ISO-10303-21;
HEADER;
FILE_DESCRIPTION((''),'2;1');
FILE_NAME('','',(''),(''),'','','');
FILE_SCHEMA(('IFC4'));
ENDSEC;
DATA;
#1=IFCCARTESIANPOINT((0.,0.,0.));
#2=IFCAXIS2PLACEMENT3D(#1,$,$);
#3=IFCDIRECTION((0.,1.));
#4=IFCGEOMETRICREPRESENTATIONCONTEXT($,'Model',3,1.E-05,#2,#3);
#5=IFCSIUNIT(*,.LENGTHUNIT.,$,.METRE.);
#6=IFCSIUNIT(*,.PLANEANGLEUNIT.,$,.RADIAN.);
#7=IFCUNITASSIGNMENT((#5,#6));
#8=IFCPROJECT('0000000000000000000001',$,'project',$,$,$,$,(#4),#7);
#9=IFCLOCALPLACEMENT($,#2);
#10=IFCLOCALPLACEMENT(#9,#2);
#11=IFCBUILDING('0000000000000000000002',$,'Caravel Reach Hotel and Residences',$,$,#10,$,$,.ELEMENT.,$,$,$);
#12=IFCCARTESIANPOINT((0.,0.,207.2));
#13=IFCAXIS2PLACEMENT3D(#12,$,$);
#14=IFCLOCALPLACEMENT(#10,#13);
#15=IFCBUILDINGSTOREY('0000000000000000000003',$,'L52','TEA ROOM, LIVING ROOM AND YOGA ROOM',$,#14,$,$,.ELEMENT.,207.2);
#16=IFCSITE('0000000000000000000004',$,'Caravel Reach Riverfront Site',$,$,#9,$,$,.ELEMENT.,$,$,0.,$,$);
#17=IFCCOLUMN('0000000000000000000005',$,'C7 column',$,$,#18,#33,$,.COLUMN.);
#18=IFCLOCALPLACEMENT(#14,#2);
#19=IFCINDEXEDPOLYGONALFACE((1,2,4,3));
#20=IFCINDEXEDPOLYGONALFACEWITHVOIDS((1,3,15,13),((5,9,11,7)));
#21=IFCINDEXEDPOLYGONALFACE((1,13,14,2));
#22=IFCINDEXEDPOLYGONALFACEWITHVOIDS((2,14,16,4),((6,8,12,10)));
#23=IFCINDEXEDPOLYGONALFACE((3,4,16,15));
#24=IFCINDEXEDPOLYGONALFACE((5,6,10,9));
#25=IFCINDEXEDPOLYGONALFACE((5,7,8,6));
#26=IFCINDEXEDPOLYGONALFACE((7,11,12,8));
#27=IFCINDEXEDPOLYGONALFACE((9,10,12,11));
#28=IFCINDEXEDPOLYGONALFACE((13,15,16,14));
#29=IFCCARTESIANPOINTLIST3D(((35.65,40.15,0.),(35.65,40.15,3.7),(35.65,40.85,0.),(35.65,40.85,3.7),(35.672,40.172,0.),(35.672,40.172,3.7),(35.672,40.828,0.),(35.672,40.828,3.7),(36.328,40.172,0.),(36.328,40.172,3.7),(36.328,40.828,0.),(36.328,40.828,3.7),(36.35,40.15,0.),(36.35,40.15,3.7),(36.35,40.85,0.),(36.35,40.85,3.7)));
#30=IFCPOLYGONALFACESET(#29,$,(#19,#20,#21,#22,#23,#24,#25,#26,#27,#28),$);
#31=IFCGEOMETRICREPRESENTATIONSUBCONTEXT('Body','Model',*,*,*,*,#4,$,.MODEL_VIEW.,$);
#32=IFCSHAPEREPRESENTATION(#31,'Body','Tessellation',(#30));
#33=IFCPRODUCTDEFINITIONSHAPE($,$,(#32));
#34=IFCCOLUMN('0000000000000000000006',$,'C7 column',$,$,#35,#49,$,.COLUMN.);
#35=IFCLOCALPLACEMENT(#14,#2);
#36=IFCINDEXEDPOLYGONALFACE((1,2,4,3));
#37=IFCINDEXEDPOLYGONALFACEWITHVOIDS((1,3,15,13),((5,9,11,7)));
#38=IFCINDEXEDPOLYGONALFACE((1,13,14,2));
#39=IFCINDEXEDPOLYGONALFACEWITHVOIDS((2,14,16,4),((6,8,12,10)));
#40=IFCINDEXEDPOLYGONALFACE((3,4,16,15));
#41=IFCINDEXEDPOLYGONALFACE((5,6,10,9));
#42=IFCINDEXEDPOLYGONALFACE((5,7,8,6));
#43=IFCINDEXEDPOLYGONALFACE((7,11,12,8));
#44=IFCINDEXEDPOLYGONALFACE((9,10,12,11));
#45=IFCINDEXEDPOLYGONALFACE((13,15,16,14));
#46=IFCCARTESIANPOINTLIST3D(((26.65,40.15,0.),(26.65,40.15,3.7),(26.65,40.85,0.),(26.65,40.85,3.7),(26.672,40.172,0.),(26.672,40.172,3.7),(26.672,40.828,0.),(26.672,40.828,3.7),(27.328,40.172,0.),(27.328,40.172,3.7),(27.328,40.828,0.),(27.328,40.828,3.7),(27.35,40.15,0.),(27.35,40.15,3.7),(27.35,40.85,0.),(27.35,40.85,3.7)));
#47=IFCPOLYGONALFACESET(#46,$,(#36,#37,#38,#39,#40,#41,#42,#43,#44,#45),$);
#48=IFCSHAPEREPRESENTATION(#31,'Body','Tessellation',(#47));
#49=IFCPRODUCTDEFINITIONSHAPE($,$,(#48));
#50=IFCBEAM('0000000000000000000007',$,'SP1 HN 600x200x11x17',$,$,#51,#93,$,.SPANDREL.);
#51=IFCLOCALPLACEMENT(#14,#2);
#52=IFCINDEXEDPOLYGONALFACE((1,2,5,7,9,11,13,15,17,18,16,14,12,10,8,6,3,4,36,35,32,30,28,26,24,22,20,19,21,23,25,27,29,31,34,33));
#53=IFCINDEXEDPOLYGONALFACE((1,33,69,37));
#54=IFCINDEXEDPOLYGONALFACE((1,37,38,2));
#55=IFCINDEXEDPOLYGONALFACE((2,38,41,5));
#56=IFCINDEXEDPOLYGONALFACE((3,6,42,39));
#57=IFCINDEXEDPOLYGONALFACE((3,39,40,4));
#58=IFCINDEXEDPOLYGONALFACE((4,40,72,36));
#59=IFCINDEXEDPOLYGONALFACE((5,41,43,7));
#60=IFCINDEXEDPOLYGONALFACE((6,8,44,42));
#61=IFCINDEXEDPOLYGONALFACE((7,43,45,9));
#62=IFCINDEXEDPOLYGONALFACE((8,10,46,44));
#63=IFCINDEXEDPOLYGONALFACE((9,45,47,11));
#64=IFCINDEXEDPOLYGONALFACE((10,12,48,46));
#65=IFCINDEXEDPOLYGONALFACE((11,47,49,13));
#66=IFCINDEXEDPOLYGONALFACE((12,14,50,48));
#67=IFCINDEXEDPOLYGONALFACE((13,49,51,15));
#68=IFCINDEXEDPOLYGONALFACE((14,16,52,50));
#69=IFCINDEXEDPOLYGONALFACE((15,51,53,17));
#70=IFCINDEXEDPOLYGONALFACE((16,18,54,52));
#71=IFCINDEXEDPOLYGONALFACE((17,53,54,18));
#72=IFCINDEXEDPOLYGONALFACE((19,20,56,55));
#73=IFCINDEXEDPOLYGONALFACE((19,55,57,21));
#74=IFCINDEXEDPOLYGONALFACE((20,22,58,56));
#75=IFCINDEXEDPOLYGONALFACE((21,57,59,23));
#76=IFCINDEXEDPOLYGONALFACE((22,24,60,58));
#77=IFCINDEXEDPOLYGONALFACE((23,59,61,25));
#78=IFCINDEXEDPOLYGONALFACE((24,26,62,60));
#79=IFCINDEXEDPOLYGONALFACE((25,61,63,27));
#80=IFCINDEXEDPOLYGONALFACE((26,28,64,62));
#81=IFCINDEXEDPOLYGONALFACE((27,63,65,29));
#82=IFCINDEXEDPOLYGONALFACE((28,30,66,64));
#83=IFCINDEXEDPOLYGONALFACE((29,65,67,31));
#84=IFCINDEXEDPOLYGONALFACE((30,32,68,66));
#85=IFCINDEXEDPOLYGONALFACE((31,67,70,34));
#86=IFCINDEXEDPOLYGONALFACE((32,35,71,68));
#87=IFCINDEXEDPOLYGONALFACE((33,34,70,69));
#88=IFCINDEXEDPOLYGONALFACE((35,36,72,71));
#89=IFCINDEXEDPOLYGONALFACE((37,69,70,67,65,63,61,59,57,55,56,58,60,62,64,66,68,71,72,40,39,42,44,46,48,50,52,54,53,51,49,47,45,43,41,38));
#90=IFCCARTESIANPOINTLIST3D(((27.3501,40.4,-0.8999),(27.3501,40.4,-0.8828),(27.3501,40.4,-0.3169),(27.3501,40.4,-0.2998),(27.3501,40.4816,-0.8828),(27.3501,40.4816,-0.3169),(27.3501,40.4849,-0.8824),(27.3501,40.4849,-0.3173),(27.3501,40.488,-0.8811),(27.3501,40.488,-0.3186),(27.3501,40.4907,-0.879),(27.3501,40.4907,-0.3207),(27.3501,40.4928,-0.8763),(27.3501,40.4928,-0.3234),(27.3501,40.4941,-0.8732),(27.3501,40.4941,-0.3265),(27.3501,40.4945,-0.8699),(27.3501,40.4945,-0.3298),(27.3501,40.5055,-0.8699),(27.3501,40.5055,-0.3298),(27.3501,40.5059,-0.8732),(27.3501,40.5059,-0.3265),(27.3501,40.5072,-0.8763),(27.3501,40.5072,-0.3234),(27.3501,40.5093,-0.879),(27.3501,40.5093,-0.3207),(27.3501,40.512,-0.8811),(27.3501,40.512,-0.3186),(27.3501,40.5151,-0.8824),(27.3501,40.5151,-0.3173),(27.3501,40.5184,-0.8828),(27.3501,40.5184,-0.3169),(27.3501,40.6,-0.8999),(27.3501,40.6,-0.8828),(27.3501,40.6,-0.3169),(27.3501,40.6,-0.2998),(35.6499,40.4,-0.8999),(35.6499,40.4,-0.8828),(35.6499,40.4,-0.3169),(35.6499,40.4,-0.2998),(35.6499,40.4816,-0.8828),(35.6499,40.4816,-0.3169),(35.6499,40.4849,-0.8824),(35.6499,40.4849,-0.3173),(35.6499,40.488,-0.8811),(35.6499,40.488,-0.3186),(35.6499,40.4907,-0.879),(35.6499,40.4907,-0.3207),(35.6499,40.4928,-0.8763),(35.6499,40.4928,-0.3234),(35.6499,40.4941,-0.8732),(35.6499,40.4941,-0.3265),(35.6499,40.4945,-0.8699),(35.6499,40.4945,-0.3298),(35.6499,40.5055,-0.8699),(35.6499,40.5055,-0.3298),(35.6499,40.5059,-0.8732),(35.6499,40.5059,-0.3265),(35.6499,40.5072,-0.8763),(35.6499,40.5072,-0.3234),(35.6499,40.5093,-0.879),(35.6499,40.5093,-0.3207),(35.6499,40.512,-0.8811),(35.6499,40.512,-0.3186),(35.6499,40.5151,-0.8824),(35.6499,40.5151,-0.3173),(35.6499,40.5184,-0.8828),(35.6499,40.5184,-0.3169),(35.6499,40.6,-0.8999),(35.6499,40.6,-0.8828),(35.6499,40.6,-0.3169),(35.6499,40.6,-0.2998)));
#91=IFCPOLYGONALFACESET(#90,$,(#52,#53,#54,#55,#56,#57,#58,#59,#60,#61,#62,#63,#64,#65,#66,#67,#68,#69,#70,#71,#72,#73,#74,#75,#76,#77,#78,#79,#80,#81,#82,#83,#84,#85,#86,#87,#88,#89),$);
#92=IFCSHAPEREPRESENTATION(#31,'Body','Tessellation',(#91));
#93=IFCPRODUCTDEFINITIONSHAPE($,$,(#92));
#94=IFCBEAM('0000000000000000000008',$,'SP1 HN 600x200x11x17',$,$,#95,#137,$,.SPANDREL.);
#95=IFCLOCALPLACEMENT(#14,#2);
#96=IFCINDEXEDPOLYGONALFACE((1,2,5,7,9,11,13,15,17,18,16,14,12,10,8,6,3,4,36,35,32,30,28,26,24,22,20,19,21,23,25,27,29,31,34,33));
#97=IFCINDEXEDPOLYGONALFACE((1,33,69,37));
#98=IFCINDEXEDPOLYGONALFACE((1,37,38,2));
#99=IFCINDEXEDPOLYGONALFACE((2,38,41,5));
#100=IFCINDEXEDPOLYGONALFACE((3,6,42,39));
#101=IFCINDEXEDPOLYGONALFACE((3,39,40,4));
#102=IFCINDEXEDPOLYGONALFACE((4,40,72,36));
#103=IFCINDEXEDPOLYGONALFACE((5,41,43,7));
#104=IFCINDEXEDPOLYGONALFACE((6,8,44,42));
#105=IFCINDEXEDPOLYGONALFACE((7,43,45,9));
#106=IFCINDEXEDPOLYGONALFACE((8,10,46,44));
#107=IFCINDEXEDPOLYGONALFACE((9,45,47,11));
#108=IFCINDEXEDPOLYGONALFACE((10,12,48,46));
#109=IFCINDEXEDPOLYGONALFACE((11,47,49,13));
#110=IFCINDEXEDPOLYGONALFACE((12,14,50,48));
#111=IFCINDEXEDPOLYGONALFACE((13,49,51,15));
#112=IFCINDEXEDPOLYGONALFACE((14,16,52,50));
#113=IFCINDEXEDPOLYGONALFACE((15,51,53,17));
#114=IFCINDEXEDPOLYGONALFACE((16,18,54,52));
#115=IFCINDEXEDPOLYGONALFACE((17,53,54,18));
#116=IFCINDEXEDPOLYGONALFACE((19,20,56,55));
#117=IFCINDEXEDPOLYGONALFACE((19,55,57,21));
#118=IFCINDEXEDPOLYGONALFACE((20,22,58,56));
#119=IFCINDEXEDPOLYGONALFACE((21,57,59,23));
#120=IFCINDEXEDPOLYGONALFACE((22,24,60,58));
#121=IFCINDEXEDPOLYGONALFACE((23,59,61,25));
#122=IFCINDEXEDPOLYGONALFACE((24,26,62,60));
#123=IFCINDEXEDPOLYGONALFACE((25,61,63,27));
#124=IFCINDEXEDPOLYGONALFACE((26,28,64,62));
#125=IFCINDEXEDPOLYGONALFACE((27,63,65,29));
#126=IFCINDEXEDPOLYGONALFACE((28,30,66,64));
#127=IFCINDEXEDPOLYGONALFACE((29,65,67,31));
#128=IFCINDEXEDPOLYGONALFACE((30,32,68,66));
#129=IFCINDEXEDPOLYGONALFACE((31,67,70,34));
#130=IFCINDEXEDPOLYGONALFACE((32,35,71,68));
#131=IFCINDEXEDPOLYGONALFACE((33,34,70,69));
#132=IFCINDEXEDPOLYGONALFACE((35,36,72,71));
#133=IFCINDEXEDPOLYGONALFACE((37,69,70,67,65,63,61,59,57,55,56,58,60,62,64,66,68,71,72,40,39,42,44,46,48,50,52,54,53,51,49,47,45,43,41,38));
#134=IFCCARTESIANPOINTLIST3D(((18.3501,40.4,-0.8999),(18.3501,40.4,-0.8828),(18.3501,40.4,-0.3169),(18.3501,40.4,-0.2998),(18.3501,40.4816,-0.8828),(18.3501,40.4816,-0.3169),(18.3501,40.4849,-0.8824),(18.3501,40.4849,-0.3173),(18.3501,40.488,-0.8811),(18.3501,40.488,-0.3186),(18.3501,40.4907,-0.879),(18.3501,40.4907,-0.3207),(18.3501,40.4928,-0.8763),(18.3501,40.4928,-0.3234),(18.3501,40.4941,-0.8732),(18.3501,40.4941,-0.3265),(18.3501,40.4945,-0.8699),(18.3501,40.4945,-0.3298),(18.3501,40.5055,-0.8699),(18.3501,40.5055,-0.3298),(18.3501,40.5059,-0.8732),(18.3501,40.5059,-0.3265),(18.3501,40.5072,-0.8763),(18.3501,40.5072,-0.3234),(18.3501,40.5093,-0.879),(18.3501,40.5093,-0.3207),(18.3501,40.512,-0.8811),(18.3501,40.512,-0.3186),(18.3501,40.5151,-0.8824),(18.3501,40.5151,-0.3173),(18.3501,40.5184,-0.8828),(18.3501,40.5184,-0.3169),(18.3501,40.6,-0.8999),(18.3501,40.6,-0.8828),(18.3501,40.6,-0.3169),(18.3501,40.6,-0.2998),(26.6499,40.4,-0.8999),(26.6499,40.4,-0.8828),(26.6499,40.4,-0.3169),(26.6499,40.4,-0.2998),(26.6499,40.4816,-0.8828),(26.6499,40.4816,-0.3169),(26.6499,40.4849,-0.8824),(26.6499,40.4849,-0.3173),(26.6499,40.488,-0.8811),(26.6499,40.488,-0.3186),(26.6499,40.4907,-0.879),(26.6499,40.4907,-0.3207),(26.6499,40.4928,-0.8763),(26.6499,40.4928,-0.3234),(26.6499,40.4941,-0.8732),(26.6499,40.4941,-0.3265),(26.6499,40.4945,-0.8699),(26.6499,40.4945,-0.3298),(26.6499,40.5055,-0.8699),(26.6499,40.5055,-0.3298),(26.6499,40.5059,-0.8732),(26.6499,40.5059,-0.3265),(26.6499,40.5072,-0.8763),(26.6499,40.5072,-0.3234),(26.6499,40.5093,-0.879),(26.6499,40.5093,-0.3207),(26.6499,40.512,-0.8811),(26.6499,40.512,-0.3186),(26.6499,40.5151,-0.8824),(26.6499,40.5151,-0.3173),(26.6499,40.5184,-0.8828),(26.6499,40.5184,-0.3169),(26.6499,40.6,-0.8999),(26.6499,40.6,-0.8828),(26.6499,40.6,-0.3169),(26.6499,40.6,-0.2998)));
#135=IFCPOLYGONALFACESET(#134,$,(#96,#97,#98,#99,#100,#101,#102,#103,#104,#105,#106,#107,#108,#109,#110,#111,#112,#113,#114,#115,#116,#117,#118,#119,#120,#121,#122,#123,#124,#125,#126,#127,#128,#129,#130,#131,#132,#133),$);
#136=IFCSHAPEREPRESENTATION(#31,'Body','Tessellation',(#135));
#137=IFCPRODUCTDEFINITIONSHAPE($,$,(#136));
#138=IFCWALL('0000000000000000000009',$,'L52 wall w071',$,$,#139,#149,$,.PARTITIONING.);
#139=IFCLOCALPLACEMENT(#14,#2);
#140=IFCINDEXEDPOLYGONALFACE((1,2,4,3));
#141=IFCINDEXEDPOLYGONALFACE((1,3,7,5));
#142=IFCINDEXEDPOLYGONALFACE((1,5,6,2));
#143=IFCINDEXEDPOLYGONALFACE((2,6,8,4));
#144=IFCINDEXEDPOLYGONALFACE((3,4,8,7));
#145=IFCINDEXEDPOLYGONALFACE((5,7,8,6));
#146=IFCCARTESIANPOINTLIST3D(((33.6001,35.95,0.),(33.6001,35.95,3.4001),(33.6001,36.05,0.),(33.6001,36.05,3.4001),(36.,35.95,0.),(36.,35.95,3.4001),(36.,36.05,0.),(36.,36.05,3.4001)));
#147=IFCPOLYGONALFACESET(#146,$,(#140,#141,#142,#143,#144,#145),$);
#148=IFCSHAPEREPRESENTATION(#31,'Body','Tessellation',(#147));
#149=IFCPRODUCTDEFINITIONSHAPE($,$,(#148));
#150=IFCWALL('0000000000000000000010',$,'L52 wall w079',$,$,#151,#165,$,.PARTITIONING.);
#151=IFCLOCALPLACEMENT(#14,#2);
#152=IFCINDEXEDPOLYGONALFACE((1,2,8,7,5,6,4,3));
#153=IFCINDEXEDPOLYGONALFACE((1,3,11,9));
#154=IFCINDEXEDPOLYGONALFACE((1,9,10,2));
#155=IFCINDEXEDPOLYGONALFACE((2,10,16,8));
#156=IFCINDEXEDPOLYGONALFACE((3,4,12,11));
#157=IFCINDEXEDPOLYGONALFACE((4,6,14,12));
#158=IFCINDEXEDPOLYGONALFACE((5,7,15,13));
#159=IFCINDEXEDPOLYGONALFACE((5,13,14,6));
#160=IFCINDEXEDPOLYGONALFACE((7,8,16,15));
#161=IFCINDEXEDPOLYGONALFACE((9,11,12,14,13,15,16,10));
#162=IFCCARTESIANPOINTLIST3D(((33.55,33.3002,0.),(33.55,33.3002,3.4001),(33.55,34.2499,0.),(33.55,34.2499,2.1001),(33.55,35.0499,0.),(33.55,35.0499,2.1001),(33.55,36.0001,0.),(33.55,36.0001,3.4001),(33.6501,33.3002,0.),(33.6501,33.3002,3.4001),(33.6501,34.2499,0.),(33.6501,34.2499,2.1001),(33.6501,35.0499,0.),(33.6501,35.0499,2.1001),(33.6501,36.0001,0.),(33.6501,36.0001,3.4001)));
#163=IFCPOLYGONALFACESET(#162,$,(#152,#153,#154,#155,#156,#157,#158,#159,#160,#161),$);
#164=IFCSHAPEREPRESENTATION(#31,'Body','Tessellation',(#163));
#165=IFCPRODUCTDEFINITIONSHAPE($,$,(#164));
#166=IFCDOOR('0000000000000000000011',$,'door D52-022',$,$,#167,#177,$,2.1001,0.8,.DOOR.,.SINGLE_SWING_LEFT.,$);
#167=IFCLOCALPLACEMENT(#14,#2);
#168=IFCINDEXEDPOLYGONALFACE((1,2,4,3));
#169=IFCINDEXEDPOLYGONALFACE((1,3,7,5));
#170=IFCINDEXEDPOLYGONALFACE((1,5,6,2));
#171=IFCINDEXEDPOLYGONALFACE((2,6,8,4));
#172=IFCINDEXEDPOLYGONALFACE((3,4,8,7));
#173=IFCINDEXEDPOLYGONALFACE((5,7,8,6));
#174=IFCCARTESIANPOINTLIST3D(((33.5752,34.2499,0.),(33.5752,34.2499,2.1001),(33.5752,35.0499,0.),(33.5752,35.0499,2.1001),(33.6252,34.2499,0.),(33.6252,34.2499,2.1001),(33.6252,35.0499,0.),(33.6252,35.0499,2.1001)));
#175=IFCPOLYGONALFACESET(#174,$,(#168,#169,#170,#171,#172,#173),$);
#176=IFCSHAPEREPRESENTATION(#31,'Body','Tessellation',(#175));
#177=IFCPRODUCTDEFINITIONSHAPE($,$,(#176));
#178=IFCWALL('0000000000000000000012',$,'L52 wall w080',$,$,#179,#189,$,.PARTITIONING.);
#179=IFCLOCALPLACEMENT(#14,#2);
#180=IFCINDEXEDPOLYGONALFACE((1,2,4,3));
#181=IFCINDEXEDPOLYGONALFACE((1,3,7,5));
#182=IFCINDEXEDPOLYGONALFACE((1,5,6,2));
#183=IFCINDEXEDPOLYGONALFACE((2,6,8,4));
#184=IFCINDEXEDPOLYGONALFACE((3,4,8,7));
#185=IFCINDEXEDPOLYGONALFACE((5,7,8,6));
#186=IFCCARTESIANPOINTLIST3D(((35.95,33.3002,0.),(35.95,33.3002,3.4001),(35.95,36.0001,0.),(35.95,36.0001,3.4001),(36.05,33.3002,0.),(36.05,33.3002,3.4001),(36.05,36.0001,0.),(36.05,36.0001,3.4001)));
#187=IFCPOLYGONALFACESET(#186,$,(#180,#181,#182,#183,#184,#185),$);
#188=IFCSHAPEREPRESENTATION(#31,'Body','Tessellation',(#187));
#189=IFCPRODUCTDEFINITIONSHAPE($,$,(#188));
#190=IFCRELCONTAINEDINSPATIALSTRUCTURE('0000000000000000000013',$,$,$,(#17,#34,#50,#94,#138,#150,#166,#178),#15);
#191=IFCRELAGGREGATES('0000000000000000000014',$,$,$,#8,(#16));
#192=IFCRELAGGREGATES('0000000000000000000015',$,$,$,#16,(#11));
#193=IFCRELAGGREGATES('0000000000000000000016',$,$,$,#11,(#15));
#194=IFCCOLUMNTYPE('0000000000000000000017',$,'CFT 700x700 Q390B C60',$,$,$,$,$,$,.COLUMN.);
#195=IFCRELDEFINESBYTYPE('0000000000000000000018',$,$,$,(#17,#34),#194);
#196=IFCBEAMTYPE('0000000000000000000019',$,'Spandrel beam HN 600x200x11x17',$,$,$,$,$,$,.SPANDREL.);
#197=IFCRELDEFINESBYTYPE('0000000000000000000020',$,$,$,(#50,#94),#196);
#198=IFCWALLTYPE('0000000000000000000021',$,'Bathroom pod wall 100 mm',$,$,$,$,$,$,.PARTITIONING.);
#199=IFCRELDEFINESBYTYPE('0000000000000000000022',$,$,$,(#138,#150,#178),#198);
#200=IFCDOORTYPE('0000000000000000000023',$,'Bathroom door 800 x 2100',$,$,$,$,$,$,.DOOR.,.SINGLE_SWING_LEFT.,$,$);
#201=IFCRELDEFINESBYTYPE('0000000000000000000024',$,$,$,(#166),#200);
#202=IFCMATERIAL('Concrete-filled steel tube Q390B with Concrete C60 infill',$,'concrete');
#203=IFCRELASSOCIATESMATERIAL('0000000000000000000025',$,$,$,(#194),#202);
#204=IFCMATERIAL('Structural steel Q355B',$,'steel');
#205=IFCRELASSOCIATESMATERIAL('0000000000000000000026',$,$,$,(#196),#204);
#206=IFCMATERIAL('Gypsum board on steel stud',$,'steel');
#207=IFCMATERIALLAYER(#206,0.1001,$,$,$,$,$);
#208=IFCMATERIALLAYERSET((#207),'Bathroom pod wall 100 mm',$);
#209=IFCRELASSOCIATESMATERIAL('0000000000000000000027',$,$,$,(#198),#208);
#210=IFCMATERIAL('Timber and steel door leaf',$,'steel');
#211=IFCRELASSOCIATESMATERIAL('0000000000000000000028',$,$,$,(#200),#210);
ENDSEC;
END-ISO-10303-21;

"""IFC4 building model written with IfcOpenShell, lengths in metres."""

from ifc_helpers import new_model, si_unit, direction, frame, frame_2d, origin, origin_2d, place, context, subcontext, project, spatial, rectangle, hollow_rectangle, i_section, extrude, material, layer, layer_set, material_profile, profile_set, type_object, element, fill, save


model = new_model("IFC4")

# Units and contexts
model_context = context("Model", 3, precision=1e-05, world=origin(), true_north=direction((0.0, 1.0)))
body_context = subcontext(model_context, "Body", "Model", "MODEL_VIEW")
ifc_project = project(units=[si_unit("LENGTHUNIT", "METRE"), si_unit("PLANEANGLEUNIT", "RADIAN")], contexts=[model_context])

# Site, building, storey
site_placement = place(None, origin())
site = spatial("IfcSite", under=ifc_project, at=site_placement, Name="Caravel Reach Riverfront Site", CompositionType="ELEMENT", RefElevation=0.0)
building_placement = place(site_placement, origin())
building = spatial("IfcBuilding", under=site, at=building_placement, Name="Caravel Reach Hotel and Residences", CompositionType="ELEMENT")
storey_placement = place(building_placement, frame((0.0, 0.0, 207.2)))
storey = spatial("IfcBuildingStorey", under=building, at=storey_placement, Name="L52", Description="TEA ROOM, LIVING ROOM AND YOGA ROOM", CompositionType="ELEMENT", Elevation=207.2)

# Columns
ifc_material_1 = material(Name="Concrete-filled steel tube Q390B with Concrete C60 infill", Category="concrete")
ifc_material_profile_1 = material_profile(ifc_material_1, hollow_rectangle(XDim=0.7, YDim=0.7, WallThickness=0.022, at=origin_2d()), Name="RHS 700x700x22")
ifc_profile_set_1 = profile_set([ifc_material_profile_1], Name="Concrete-filled steel tube Q390B with Concrete C60 infill")
column_type = type_object("IfcColumnType", Name="CFT 700x700 Q390B C60", PredefinedType="COLUMN", material=ifc_profile_set_1)
for number, where, z_axis, x_axis, name in (
    (1, (36.0, 40.5, 0.0), (0.0, 0.0, 1.0), (1.0, 0.0, 0.0), "C7 column"),
    (2, (27.0, 40.5, 0.0), (0.0, 0.0, 1.0), (1.0, 0.0, 0.0), "C7 column"),
):
    element("IfcColumn", number, at=place(storey_placement, frame(where, z_axis=z_axis, x_axis=x_axis)), inside=storey, type_object=column_type, Name=name, PredefinedType="COLUMN", context=body_context, shape_type="SweptSolid", body=[
        extrude(hollow_rectangle(XDim=0.7, YDim=0.7, WallThickness=0.022, at=origin_2d()), origin(), (0.0, 0.0, 1.0), 3.7),
    ])

# Beams
ifc_material_2 = material(Name="Structural steel Q355B", Category="steel")
ifc_material_profile_2 = material_profile(ifc_material_2, i_section(OverallWidth=0.2, OverallDepth=0.6001, WebThickness=0.011, FlangeThickness=0.0171, FilletRadius=0.0129, at=origin_2d()), Name="HN 600x200x11x17")
ifc_profile_set_2 = profile_set([ifc_material_profile_2], Name="Structural steel Q355B")
beam_type = type_object("IfcBeamType", Name="Spandrel beam HN 600x200x11x17", PredefinedType="SPANDREL", material=ifc_profile_set_2)
for number, where, z_axis, x_axis, name in (
    (3, (35.6499, 40.5, -0.5999), (-1.0, 0.0, 0.0), (0.0, -1.0, 0.0), "SP1 HN 600x200x11x17"),
    (4, (26.6499, 40.5, -0.5999), (-1.0, 0.0, 0.0), (0.0, -1.0, 0.0), "SP1 HN 600x200x11x17"),
):
    element("IfcBeam", number, at=place(storey_placement, frame(where, z_axis=z_axis, x_axis=x_axis)), inside=storey, type_object=beam_type, Name=name, PredefinedType="SPANDREL", context=body_context, shape_type="SweptSolid", body=[
        extrude(i_section(OverallWidth=0.2, OverallDepth=0.6001, WebThickness=0.011, FlangeThickness=0.0171, FilletRadius=0.0129, at=origin_2d()), origin(), (0.0, 0.0, 1.0), 8.2998),
    ])

# Wall
ifc_material_3 = material(Name="Gypsum board on steel stud", Category="steel")
ifc_layer_1 = layer(ifc_material_3, 0.1001)
ifc_layer_set_1 = layer_set([ifc_layer_1], Name="Bathroom pod wall 100 mm")
wall_type_1 = type_object("IfcWallType", Name="Bathroom pod wall 100 mm", PredefinedType="PARTITIONING", material=ifc_layer_set_1)
wall_1_placement = place(storey_placement, frame((33.6001, 36.0, 0.0), z_axis=(0.0, 0.0, 1.0), x_axis=(1.0, 0.0, 0.0)))
element("IfcWall", 5, at=wall_1_placement, inside=storey, type_object=wall_type_1, Name="L52 wall w071", PredefinedType="PARTITIONING", context=body_context, shape_type="SweptSolid", body=[
    extrude(rectangle(XDim=2.3999, YDim=0.1001, at=frame_2d((1.2, 0.0))), origin(), (0.0, 0.0, 1.0), 3.4001),
])

# Wall, opening, door
wall_2_placement = place(storey_placement, frame((33.6001, 33.3, 0.0), z_axis=(0.0, 0.0, 1.0), x_axis=(0.0, 1.0, 0.0)))
wall_2 = element("IfcWall", 6, at=wall_2_placement, inside=storey, type_object=wall_type_1, Name="L52 wall w079", PredefinedType="PARTITIONING", context=body_context, shape_type="SweptSolid", body=[
    extrude(rectangle(XDim=2.7, YDim=0.1001, at=frame_2d((1.3501, 0.0))), origin(), (0.0, 0.0, 1.0), 3.4001),
])
opening_1_placement = place(wall_2_placement, frame((0.95, 0.0, 0.0)))
opening_1 = element("IfcOpeningElement", 7, at=opening_1_placement, cuts=wall_2, PredefinedType="OPENING", context=body_context, shape_type="SweptSolid", body=[
    extrude(rectangle(XDim=0.8, YDim=2.1001, at=frame_2d((0.3999, 1.05))), frame((0.0, 0.0601, 0.0), z_axis=(0.0, -1.0, 0.0), x_axis=(1.0, 0.0, 0.0)), (0.0, 0.0, 1.0), 0.1201),
])
ifc_material_4 = material(Name="Timber and steel door leaf", Category="steel")
door_type_1 = type_object("IfcDoorType", Name="Bathroom door 800 x 2100", OperationType="SINGLE_SWING_LEFT", PredefinedType="DOOR", material=ifc_material_4)
door_1_placement = place(opening_1_placement, origin())
door_1 = element("IfcDoor", 8, at=door_1_placement, inside=storey, type_object=door_type_1, Name="door D52-022", OperationType="SINGLE_SWING_LEFT", OverallHeight=2.1001, OverallWidth=0.8, PredefinedType="DOOR", context=body_context, shape_type="SweptSolid", body=[
    extrude(rectangle(XDim=0.8, YDim=2.1001, at=frame_2d((0.3999, 1.05))), frame((0.0, 0.0249, 0.0), z_axis=(0.0, -1.0, 0.0), x_axis=(1.0, 0.0, 0.0)), (0.0, 0.0, 1.0), 0.05),
])
fill(opening_1, door_1)

# Wall
wall_3_placement = place(storey_placement, frame((36.0, 33.3, 0.0), z_axis=(0.0, 0.0, 1.0), x_axis=(0.0, 1.0, 0.0)))
element("IfcWall", 9, at=wall_3_placement, inside=storey, type_object=wall_type_1, Name="L52 wall w080", PredefinedType="PARTITIONING", context=body_context, shape_type="SweptSolid", body=[
    extrude(rectangle(XDim=2.7, YDim=0.1001, at=frame_2d((1.3501, 0.0))), origin(), (0.0, 0.0, 1.0), 3.4001),
])

save(model, "model.ifc")
